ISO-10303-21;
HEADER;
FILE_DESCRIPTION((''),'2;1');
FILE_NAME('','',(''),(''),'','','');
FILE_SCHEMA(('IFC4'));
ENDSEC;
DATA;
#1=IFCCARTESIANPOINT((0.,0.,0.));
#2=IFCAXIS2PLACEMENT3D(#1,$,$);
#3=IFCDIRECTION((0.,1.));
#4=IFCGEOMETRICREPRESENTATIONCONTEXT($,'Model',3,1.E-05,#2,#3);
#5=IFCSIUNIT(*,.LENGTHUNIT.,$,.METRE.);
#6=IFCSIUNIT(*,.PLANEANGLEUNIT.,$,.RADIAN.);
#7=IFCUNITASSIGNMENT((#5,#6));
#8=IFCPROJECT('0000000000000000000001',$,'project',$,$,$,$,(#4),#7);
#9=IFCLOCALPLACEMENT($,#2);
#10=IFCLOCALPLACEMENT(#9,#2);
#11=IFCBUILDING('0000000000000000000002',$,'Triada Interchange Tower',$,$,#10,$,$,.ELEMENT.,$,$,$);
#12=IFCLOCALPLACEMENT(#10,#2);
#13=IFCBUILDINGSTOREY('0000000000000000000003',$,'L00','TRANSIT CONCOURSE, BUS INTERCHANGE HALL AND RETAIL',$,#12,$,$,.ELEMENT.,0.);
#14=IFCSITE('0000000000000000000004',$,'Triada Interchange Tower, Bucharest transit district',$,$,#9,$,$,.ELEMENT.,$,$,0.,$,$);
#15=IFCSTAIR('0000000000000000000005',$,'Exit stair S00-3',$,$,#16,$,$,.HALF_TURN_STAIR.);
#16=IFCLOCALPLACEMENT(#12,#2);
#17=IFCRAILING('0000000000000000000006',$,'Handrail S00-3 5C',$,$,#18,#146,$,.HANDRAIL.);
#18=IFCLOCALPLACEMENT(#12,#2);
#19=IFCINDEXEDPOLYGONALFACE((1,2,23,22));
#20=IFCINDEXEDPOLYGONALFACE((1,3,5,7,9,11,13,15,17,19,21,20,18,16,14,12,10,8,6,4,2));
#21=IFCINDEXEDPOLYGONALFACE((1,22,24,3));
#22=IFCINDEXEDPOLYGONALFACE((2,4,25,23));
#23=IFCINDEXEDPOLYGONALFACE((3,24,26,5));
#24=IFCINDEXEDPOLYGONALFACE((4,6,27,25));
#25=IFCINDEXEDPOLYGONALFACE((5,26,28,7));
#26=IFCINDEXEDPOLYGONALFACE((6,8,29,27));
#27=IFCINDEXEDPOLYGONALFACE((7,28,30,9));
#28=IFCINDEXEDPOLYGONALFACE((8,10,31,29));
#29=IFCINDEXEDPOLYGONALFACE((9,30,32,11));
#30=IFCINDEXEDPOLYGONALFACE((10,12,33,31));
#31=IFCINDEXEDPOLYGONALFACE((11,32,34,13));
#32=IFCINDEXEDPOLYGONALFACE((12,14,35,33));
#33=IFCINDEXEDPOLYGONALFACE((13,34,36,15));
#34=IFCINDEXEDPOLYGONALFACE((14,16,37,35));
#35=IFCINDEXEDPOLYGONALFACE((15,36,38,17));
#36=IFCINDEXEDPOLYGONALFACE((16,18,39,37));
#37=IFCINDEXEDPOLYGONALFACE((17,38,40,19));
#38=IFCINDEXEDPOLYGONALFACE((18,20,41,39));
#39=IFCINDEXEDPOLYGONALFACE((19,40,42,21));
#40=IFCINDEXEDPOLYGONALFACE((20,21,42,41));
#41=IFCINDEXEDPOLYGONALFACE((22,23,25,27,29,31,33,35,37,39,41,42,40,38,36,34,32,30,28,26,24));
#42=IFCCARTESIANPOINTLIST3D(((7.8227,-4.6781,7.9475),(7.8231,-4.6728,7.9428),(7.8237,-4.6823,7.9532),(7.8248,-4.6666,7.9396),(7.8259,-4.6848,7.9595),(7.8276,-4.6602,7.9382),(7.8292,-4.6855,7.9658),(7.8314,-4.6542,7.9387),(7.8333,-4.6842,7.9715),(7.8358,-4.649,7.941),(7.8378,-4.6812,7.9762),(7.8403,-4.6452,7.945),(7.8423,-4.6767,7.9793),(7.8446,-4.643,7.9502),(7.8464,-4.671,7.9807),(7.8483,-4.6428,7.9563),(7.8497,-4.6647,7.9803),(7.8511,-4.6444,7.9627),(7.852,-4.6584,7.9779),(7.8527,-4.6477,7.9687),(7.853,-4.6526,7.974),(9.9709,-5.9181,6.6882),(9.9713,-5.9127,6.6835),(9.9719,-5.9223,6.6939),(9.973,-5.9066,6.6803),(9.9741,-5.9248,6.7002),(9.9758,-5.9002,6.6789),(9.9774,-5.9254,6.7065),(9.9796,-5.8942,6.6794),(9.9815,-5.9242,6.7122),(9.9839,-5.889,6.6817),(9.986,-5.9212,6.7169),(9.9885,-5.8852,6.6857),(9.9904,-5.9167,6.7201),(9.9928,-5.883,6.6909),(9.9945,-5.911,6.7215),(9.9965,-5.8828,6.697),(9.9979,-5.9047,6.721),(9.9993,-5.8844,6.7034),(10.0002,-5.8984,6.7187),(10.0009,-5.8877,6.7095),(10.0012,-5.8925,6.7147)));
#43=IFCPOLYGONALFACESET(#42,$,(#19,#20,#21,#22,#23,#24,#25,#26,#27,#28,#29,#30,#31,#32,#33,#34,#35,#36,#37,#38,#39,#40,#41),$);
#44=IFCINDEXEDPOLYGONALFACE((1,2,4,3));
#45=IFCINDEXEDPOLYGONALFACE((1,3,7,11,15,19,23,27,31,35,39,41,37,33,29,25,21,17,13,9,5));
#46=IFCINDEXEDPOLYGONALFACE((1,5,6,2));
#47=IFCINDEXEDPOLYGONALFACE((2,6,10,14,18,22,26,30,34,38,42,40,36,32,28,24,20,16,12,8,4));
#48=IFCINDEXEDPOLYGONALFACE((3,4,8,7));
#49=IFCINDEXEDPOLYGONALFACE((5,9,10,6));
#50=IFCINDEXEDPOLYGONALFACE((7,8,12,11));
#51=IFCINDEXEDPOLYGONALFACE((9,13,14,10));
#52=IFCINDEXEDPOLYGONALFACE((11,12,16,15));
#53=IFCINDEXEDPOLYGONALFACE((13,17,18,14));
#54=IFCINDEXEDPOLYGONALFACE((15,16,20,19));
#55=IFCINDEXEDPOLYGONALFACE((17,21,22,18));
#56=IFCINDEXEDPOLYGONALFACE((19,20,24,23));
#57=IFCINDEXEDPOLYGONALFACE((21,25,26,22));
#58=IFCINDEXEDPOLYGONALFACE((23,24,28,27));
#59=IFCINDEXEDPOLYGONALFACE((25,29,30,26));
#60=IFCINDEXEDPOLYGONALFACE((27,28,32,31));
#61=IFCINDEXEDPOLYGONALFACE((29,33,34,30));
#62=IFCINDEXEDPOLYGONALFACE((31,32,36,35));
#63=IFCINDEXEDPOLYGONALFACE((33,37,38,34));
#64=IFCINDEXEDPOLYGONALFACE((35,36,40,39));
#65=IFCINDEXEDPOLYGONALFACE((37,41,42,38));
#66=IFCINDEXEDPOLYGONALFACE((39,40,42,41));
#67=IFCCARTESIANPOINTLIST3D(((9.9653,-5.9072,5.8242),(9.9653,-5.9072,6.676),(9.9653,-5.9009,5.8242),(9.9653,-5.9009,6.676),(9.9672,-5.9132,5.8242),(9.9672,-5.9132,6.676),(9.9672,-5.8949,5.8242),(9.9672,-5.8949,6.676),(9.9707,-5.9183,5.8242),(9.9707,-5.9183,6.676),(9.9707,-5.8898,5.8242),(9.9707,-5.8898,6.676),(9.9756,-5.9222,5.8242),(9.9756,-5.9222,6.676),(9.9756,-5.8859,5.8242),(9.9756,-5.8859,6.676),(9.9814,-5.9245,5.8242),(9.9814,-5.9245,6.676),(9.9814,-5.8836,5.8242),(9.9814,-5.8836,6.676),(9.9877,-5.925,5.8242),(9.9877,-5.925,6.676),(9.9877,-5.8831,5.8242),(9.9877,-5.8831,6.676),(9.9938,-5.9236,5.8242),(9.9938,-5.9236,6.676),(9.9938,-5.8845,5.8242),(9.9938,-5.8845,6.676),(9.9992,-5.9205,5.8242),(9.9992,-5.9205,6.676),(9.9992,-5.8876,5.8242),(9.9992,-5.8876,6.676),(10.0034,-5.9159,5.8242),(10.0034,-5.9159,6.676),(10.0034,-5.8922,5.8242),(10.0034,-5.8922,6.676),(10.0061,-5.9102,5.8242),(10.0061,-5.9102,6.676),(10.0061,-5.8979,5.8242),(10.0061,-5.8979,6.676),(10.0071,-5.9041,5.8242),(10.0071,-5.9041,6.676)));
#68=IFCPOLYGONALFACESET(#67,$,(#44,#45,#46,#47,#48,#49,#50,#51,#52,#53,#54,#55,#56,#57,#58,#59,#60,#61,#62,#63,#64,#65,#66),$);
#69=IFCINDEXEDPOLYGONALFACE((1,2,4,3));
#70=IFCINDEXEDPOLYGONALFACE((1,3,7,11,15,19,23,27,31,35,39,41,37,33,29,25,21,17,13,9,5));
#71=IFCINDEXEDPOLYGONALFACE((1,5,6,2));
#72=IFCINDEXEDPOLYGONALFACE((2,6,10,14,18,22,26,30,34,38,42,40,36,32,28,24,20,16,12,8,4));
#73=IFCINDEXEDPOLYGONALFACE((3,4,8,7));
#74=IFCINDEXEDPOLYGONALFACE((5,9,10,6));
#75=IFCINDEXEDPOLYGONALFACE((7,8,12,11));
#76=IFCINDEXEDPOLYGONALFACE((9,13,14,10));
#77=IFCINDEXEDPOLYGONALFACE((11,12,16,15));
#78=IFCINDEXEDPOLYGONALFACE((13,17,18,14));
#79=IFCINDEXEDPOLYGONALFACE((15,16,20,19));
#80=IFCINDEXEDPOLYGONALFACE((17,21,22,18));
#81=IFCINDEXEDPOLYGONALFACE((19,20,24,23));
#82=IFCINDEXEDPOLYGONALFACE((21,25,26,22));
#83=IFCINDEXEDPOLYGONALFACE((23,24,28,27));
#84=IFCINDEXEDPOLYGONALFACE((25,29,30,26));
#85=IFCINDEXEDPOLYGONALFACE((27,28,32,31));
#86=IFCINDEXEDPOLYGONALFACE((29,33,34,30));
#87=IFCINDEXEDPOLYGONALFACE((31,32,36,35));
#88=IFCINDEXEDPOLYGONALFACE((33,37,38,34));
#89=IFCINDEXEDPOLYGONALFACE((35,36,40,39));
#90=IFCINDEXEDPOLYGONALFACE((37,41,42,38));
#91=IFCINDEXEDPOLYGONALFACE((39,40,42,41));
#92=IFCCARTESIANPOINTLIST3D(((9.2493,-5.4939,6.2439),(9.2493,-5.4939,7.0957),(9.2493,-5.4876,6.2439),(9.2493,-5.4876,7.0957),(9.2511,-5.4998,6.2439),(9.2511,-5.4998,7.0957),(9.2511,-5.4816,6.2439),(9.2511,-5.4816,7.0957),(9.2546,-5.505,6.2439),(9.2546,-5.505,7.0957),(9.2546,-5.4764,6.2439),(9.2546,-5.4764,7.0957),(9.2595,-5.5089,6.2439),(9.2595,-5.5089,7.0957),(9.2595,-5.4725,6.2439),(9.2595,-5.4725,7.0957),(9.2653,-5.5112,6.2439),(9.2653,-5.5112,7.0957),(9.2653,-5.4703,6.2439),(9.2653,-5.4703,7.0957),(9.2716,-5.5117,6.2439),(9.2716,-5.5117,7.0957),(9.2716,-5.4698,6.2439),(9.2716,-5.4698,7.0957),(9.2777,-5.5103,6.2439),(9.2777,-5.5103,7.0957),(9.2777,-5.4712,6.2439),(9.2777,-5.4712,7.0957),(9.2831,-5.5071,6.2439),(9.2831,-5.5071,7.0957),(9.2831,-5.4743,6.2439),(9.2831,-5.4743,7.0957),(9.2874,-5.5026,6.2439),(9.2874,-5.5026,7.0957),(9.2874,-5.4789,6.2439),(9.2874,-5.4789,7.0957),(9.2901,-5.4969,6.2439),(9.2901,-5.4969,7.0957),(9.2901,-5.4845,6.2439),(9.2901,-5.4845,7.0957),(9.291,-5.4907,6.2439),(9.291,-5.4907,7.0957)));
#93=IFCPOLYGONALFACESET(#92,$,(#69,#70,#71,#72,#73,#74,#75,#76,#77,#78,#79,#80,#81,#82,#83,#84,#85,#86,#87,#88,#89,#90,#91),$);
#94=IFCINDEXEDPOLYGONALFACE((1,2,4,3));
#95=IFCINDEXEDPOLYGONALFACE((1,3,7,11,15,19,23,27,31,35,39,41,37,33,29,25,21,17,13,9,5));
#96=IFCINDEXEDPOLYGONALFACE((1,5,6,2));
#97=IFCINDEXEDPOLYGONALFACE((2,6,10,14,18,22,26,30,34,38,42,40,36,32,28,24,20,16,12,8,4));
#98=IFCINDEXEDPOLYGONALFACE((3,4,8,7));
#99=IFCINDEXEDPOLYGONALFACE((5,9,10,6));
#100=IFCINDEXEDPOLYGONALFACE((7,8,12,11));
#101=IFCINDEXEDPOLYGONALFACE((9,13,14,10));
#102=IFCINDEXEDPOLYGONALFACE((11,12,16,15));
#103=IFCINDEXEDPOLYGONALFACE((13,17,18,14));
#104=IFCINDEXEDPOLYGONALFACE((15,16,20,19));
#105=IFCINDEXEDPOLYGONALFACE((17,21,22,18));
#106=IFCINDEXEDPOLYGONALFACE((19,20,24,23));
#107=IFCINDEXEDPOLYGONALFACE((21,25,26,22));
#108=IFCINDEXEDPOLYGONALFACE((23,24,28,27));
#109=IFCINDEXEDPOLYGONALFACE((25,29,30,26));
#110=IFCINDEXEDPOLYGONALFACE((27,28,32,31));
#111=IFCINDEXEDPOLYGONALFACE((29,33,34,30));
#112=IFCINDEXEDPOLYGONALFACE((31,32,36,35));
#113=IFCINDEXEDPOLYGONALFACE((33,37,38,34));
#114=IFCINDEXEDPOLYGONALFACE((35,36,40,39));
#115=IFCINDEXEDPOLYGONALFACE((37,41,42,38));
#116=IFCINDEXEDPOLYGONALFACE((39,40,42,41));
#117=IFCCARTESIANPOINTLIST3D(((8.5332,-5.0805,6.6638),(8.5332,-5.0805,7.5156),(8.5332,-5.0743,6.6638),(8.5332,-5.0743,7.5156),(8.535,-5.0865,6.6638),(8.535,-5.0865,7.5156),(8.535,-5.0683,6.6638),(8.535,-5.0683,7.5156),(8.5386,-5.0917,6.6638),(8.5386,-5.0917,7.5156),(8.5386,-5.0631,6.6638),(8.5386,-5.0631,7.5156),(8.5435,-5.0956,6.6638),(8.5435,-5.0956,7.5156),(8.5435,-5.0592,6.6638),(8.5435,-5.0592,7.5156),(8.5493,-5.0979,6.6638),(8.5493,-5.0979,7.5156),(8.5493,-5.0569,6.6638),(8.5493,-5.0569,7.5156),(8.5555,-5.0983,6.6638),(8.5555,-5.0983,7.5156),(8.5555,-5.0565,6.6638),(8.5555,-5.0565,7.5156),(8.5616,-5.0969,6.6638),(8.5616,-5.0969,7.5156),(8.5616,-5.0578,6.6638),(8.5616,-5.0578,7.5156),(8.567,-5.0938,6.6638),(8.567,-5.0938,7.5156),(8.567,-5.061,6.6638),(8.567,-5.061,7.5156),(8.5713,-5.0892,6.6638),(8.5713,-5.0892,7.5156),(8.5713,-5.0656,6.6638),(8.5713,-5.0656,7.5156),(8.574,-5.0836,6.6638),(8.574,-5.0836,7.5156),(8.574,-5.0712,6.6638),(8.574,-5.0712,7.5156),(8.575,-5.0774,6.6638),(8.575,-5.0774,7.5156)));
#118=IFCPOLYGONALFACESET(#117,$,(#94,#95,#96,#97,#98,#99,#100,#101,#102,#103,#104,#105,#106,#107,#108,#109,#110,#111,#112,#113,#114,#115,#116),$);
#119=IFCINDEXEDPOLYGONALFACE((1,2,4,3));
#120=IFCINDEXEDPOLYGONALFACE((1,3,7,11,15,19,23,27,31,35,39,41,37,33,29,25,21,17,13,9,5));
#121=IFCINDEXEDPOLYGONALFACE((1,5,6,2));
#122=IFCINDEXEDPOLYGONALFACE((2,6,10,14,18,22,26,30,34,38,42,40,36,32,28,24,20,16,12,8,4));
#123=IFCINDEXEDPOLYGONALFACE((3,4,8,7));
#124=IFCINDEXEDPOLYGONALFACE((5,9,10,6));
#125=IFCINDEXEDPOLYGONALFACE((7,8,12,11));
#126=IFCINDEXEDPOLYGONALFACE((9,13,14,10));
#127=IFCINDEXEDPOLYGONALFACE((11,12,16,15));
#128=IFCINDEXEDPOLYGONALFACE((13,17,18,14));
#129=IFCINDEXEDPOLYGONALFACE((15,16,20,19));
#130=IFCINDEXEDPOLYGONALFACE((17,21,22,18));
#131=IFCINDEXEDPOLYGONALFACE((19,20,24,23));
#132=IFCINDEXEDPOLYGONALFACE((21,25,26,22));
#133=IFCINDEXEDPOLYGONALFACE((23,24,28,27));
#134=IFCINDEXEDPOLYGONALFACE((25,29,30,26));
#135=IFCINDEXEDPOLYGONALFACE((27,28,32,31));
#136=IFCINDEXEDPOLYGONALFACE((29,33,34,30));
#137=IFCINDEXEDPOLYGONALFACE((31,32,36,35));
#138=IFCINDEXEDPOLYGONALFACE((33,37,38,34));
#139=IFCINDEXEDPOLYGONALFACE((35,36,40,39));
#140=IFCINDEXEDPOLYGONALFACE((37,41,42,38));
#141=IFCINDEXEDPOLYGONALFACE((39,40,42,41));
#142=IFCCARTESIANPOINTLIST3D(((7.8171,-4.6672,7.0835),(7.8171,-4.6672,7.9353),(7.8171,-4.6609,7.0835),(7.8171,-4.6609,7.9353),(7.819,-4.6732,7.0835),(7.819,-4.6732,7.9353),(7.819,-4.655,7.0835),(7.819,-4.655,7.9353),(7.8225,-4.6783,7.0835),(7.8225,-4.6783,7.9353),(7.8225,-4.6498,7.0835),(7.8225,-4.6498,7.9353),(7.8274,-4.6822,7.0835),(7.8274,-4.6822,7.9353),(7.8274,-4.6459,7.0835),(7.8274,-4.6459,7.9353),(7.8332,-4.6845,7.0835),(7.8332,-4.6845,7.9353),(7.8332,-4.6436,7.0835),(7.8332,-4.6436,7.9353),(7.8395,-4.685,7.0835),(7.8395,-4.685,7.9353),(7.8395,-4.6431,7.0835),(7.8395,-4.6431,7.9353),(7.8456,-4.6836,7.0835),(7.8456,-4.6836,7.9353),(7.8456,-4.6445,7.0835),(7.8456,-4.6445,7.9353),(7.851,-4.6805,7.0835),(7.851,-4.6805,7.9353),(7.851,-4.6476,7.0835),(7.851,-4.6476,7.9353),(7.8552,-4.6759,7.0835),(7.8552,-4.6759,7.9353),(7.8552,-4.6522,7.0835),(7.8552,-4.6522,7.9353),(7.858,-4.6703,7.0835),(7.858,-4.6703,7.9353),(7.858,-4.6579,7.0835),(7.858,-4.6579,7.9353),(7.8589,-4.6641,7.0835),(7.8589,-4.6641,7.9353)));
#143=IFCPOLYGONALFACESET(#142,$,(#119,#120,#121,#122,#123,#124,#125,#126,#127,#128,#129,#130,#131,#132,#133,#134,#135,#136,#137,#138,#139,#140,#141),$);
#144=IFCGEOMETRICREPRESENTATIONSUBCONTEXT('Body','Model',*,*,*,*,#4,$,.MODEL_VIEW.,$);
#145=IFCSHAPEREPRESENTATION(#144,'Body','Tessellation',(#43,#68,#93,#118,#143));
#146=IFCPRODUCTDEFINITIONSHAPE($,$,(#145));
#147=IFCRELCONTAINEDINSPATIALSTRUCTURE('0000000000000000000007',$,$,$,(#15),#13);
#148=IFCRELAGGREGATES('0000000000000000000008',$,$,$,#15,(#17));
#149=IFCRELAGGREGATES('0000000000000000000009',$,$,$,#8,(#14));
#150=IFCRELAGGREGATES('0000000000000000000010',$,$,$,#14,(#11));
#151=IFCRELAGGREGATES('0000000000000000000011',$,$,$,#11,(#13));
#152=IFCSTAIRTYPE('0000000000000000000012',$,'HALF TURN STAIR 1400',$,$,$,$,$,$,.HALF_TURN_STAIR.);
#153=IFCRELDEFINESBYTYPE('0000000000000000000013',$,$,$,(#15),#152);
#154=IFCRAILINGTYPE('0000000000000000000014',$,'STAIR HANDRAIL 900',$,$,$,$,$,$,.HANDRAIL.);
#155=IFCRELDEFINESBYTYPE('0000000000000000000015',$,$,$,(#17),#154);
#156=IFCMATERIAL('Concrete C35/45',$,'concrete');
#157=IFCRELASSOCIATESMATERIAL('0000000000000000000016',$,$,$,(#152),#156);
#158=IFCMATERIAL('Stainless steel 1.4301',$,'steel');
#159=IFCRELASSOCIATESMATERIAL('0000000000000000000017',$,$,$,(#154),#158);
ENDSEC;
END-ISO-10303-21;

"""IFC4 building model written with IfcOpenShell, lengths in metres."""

from ifc_helpers import new_model, si_unit, direction, frame, origin, origin_2d, place, context, subcontext, project, spatial, circle, extrude, material, type_object, element, aggregate, save


model = new_model("IFC4")

# Units and contexts
model_context = context("Model", 3, precision=1e-05, world=origin(), true_north=direction((0.0, 1.0)))
body_context = subcontext(model_context, "Body", "Model", "MODEL_VIEW")
ifc_project = project(units=[si_unit("LENGTHUNIT", "METRE"), si_unit("PLANEANGLEUNIT", "RADIAN")], contexts=[model_context])

# Site, building, storey
site_placement = place(None, origin())
site = spatial("IfcSite", under=ifc_project, at=site_placement, Name="Triada Interchange Tower, Bucharest transit district", CompositionType="ELEMENT", RefElevation=0.0)
building_placement = place(site_placement, origin())
building = spatial("IfcBuilding", under=site, at=building_placement, Name="Triada Interchange Tower", CompositionType="ELEMENT")
storey_placement = place(building_placement, origin())
storey = spatial("IfcBuildingStorey", under=building, at=storey_placement, Name="L00", Description="TRANSIT CONCOURSE, BUS INTERCHANGE HALL AND RETAIL", CompositionType="ELEMENT", Elevation=0.0)

# Shared definitions
ifc_material_1 = material(Name="Concrete C35/45", Category="concrete")

# Stair, railing
stair_type = type_object("IfcStairType", Name="HALF TURN STAIR 1400", PredefinedType="HALF_TURN_STAIR", material=ifc_material_1)
stair_placement = place(storey_placement, origin())
stair = element("IfcStair", 1, at=stair_placement, inside=storey, type_object=stair_type, Name="Exit stair S00-3", PredefinedType="HALF_TURN_STAIR")
ifc_material_2 = material(Name="Stainless steel 1.4301", Category="steel")
railing_type = type_object("IfcRailingType", Name="STAIR HANDRAIL 900", PredefinedType="HANDRAIL", material=ifc_material_2)
railing_1_placement = place(storey_placement, frame((9.9861, -5.9041, 5.8242)))
railing_1 = element("IfcRailing", 2, at=railing_1_placement, type_object=railing_type, Name="Handrail S00-3 5C", PredefinedType="HANDRAIL", context=body_context, shape_type="SweptSolid", body=[
    extrude(circle(Radius=0.0239, at=origin_2d()), frame((0.0, 0.0, 0.876), z_axis=(-0.772247, 0.44576, 0.452694), x_axis=(-0.499918, -0.866072, 0.0)), (0.0, 0.0, 1.0), 2.7817),
    extrude(circle(Radius=0.021, at=origin_2d()), origin(), (0.0, 0.0, 1.0), 0.8518),
    extrude(circle(Radius=0.021, at=origin_2d()), frame((-0.7161, 0.4133, 0.4197)), (0.0, 0.0, 1.0), 0.8518),
    extrude(circle(Radius=0.021, at=origin_2d()), frame((-1.4321, 0.8267, 0.8396)), (0.0, 0.0, 1.0), 0.8518),
    extrude(circle(Radius=0.021, at=origin_2d()), frame((-2.1482, 1.24, 1.2593)), (0.0, 0.0, 1.0), 0.8518),
])
aggregate(stair, [railing_1])

save(model, "model.ifc")
